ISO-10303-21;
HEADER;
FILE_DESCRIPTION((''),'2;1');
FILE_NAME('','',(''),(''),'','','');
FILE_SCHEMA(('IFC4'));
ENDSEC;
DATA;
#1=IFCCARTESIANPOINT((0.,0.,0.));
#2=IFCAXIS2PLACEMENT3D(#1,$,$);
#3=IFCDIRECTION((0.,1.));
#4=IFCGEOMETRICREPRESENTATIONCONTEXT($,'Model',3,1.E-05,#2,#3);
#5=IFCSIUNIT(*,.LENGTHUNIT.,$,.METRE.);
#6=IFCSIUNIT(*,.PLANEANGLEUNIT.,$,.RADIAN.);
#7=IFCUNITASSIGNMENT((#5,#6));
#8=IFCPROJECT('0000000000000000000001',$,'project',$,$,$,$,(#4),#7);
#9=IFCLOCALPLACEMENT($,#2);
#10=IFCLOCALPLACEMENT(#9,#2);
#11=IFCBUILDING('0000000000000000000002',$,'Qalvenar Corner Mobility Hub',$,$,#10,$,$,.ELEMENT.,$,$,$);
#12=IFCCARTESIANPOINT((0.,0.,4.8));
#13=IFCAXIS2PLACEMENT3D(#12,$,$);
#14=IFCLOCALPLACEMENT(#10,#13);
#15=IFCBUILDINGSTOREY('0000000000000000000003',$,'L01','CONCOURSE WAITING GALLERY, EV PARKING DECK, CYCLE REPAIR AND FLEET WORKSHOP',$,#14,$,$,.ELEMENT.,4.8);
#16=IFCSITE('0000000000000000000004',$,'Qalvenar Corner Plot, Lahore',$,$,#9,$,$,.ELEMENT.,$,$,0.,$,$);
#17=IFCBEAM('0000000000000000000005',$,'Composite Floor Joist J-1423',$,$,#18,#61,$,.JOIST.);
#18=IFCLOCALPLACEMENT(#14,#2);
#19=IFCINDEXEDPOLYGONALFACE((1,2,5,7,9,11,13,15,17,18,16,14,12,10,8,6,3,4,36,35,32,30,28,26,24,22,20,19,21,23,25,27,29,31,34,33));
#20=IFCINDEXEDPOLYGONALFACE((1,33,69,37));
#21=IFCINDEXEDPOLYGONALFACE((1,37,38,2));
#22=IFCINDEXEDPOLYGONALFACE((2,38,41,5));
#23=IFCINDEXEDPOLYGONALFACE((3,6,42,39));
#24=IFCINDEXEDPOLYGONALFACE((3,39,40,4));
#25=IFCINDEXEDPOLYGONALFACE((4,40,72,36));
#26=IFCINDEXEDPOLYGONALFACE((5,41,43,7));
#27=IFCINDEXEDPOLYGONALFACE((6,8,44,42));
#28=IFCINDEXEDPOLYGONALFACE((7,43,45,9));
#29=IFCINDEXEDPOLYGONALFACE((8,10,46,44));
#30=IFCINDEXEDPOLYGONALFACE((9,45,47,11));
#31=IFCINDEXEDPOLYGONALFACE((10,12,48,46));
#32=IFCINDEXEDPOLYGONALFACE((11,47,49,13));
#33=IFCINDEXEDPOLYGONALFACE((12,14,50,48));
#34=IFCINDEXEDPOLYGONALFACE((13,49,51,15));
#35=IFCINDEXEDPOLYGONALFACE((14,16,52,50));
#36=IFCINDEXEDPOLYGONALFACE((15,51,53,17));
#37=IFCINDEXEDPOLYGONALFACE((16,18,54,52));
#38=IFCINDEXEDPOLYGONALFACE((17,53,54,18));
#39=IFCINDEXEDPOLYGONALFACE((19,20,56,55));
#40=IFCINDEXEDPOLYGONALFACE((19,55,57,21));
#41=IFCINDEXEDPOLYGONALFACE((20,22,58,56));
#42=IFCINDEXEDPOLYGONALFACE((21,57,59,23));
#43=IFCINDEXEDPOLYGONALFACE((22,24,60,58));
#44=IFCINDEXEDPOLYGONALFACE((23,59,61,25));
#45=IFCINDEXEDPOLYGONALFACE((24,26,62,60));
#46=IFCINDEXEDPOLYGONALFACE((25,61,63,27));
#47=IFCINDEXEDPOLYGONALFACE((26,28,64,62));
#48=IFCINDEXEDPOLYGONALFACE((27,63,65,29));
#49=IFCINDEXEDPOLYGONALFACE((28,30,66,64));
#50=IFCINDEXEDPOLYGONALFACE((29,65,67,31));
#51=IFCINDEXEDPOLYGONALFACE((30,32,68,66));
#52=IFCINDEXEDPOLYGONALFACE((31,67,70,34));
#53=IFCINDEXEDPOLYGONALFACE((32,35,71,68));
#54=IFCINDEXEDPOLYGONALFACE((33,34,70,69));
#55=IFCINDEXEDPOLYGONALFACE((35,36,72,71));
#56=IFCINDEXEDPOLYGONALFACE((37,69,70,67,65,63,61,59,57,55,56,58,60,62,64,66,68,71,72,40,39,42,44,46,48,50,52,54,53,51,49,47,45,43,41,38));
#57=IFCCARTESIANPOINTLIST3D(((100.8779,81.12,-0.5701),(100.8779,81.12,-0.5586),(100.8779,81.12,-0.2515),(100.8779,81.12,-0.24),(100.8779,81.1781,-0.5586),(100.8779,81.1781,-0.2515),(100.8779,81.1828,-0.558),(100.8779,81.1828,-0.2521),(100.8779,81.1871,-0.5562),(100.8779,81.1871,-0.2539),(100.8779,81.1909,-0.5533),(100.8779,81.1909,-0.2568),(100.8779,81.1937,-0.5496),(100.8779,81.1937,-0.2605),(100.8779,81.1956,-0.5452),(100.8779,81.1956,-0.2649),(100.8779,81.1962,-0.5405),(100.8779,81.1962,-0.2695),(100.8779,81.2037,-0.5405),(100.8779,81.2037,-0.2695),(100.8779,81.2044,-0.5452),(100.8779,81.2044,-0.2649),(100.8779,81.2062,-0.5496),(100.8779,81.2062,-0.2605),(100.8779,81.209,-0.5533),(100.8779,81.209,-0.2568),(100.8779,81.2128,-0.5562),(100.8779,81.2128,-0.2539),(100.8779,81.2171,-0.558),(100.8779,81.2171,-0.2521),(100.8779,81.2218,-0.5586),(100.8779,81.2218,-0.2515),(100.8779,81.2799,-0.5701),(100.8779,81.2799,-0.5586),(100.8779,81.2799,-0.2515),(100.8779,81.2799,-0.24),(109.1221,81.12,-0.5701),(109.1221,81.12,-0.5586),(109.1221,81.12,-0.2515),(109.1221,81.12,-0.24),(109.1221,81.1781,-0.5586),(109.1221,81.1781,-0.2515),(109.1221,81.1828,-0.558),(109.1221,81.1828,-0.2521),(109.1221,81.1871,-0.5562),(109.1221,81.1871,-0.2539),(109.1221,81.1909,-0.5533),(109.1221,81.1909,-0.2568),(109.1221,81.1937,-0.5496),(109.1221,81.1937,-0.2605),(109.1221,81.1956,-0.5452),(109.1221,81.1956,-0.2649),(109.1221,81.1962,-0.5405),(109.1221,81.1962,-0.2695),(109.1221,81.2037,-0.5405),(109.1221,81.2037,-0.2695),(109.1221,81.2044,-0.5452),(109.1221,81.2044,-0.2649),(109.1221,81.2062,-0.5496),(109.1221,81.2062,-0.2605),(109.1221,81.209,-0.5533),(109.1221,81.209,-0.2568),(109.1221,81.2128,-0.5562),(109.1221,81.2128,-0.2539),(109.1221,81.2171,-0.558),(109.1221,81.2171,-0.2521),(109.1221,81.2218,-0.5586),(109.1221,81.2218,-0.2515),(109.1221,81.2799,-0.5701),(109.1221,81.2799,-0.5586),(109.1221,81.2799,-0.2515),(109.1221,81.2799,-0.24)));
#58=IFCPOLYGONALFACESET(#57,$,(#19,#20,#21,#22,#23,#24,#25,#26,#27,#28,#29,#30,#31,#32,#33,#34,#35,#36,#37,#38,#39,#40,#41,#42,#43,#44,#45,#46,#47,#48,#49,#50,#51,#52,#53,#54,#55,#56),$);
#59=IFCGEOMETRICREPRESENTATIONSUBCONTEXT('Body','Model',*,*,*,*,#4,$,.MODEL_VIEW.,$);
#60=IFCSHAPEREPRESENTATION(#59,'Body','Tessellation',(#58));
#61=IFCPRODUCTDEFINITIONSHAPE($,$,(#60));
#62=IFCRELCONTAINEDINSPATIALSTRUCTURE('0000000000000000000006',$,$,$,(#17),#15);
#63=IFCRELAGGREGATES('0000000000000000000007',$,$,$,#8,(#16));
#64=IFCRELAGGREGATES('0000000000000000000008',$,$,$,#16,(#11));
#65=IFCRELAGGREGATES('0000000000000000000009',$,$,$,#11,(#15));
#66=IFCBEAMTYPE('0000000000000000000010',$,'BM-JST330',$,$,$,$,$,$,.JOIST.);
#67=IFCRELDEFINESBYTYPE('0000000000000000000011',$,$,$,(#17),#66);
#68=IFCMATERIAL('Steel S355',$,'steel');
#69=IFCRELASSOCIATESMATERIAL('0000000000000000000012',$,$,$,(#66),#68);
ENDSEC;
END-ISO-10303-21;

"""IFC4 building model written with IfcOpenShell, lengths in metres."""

from ifc_helpers import new_model, si_unit, direction, frame, origin, origin_2d, place, context, subcontext, project, spatial, i_section, extrude, material, material_profile, profile_set, type_object, element, save


model = new_model("IFC4")

# Units and contexts
model_context = context("Model", 3, precision=1e-05, world=origin(), true_north=direction((0.0, 1.0)))
body_context = subcontext(model_context, "Body", "Model", "MODEL_VIEW")
ifc_project = project(units=[si_unit("LENGTHUNIT", "METRE"), si_unit("PLANEANGLEUNIT", "RADIAN")], contexts=[model_context])

# Site, building, storey
site_placement = place(None, origin())
site = spatial("IfcSite", under=ifc_project, at=site_placement, Name="Qalvenar Corner Plot, Lahore", CompositionType="ELEMENT", RefElevation=0.0)
building_placement = place(site_placement, origin())
building = spatial("IfcBuilding", under=site, at=building_placement, Name="Qalvenar Corner Mobility Hub", CompositionType="ELEMENT")
storey_placement = place(building_placement, frame((0.0, 0.0, 4.8)))
storey = spatial("IfcBuildingStorey", under=building, at=storey_placement, Name="L01", Description="CONCOURSE WAITING GALLERY, EV PARKING DECK, CYCLE REPAIR AND FLEET WORKSHOP", CompositionType="ELEMENT", Elevation=4.8)

# Shared definitions
ifc_material_1 = material(Name="Steel S355", Category="steel")

# Beam
ifc_material_profile_1 = material_profile(ifc_material_1, i_section(OverallWidth=0.1599, OverallDepth=0.3301, WebThickness=0.0076, FlangeThickness=0.0115, FilletRadius=0.0181, at=origin_2d()), Name="IPE330")
ifc_profile_set_1 = profile_set([ifc_material_profile_1], Name="Steel S355")
beam_type_1 = type_object("IfcBeamType", Name="BM-JST330", PredefinedType="JOIST", material=ifc_profile_set_1)
for number, where, z_axis, x_axis, name in (
    (1, (100.8779, 81.2, -0.405), (1.0, 0.0, 0.0), (0.0, 1.0, 0.0), "Composite Floor Joist J-1423"),
):
    element("IfcBeam", number, at=place(storey_placement, frame(where, z_axis=z_axis, x_axis=x_axis)), inside=storey, type_object=beam_type_1, Name=name, PredefinedType="JOIST", context=body_context, shape_type="SweptSolid", body=[
        extrude(i_section(OverallWidth=0.1599, OverallDepth=0.3301, WebThickness=0.0076, FlangeThickness=0.0115, FilletRadius=0.0181, at=origin_2d()), origin(), (0.0, 0.0, 1.0), 8.2441),
    ])

save(model, "model.ifc")
